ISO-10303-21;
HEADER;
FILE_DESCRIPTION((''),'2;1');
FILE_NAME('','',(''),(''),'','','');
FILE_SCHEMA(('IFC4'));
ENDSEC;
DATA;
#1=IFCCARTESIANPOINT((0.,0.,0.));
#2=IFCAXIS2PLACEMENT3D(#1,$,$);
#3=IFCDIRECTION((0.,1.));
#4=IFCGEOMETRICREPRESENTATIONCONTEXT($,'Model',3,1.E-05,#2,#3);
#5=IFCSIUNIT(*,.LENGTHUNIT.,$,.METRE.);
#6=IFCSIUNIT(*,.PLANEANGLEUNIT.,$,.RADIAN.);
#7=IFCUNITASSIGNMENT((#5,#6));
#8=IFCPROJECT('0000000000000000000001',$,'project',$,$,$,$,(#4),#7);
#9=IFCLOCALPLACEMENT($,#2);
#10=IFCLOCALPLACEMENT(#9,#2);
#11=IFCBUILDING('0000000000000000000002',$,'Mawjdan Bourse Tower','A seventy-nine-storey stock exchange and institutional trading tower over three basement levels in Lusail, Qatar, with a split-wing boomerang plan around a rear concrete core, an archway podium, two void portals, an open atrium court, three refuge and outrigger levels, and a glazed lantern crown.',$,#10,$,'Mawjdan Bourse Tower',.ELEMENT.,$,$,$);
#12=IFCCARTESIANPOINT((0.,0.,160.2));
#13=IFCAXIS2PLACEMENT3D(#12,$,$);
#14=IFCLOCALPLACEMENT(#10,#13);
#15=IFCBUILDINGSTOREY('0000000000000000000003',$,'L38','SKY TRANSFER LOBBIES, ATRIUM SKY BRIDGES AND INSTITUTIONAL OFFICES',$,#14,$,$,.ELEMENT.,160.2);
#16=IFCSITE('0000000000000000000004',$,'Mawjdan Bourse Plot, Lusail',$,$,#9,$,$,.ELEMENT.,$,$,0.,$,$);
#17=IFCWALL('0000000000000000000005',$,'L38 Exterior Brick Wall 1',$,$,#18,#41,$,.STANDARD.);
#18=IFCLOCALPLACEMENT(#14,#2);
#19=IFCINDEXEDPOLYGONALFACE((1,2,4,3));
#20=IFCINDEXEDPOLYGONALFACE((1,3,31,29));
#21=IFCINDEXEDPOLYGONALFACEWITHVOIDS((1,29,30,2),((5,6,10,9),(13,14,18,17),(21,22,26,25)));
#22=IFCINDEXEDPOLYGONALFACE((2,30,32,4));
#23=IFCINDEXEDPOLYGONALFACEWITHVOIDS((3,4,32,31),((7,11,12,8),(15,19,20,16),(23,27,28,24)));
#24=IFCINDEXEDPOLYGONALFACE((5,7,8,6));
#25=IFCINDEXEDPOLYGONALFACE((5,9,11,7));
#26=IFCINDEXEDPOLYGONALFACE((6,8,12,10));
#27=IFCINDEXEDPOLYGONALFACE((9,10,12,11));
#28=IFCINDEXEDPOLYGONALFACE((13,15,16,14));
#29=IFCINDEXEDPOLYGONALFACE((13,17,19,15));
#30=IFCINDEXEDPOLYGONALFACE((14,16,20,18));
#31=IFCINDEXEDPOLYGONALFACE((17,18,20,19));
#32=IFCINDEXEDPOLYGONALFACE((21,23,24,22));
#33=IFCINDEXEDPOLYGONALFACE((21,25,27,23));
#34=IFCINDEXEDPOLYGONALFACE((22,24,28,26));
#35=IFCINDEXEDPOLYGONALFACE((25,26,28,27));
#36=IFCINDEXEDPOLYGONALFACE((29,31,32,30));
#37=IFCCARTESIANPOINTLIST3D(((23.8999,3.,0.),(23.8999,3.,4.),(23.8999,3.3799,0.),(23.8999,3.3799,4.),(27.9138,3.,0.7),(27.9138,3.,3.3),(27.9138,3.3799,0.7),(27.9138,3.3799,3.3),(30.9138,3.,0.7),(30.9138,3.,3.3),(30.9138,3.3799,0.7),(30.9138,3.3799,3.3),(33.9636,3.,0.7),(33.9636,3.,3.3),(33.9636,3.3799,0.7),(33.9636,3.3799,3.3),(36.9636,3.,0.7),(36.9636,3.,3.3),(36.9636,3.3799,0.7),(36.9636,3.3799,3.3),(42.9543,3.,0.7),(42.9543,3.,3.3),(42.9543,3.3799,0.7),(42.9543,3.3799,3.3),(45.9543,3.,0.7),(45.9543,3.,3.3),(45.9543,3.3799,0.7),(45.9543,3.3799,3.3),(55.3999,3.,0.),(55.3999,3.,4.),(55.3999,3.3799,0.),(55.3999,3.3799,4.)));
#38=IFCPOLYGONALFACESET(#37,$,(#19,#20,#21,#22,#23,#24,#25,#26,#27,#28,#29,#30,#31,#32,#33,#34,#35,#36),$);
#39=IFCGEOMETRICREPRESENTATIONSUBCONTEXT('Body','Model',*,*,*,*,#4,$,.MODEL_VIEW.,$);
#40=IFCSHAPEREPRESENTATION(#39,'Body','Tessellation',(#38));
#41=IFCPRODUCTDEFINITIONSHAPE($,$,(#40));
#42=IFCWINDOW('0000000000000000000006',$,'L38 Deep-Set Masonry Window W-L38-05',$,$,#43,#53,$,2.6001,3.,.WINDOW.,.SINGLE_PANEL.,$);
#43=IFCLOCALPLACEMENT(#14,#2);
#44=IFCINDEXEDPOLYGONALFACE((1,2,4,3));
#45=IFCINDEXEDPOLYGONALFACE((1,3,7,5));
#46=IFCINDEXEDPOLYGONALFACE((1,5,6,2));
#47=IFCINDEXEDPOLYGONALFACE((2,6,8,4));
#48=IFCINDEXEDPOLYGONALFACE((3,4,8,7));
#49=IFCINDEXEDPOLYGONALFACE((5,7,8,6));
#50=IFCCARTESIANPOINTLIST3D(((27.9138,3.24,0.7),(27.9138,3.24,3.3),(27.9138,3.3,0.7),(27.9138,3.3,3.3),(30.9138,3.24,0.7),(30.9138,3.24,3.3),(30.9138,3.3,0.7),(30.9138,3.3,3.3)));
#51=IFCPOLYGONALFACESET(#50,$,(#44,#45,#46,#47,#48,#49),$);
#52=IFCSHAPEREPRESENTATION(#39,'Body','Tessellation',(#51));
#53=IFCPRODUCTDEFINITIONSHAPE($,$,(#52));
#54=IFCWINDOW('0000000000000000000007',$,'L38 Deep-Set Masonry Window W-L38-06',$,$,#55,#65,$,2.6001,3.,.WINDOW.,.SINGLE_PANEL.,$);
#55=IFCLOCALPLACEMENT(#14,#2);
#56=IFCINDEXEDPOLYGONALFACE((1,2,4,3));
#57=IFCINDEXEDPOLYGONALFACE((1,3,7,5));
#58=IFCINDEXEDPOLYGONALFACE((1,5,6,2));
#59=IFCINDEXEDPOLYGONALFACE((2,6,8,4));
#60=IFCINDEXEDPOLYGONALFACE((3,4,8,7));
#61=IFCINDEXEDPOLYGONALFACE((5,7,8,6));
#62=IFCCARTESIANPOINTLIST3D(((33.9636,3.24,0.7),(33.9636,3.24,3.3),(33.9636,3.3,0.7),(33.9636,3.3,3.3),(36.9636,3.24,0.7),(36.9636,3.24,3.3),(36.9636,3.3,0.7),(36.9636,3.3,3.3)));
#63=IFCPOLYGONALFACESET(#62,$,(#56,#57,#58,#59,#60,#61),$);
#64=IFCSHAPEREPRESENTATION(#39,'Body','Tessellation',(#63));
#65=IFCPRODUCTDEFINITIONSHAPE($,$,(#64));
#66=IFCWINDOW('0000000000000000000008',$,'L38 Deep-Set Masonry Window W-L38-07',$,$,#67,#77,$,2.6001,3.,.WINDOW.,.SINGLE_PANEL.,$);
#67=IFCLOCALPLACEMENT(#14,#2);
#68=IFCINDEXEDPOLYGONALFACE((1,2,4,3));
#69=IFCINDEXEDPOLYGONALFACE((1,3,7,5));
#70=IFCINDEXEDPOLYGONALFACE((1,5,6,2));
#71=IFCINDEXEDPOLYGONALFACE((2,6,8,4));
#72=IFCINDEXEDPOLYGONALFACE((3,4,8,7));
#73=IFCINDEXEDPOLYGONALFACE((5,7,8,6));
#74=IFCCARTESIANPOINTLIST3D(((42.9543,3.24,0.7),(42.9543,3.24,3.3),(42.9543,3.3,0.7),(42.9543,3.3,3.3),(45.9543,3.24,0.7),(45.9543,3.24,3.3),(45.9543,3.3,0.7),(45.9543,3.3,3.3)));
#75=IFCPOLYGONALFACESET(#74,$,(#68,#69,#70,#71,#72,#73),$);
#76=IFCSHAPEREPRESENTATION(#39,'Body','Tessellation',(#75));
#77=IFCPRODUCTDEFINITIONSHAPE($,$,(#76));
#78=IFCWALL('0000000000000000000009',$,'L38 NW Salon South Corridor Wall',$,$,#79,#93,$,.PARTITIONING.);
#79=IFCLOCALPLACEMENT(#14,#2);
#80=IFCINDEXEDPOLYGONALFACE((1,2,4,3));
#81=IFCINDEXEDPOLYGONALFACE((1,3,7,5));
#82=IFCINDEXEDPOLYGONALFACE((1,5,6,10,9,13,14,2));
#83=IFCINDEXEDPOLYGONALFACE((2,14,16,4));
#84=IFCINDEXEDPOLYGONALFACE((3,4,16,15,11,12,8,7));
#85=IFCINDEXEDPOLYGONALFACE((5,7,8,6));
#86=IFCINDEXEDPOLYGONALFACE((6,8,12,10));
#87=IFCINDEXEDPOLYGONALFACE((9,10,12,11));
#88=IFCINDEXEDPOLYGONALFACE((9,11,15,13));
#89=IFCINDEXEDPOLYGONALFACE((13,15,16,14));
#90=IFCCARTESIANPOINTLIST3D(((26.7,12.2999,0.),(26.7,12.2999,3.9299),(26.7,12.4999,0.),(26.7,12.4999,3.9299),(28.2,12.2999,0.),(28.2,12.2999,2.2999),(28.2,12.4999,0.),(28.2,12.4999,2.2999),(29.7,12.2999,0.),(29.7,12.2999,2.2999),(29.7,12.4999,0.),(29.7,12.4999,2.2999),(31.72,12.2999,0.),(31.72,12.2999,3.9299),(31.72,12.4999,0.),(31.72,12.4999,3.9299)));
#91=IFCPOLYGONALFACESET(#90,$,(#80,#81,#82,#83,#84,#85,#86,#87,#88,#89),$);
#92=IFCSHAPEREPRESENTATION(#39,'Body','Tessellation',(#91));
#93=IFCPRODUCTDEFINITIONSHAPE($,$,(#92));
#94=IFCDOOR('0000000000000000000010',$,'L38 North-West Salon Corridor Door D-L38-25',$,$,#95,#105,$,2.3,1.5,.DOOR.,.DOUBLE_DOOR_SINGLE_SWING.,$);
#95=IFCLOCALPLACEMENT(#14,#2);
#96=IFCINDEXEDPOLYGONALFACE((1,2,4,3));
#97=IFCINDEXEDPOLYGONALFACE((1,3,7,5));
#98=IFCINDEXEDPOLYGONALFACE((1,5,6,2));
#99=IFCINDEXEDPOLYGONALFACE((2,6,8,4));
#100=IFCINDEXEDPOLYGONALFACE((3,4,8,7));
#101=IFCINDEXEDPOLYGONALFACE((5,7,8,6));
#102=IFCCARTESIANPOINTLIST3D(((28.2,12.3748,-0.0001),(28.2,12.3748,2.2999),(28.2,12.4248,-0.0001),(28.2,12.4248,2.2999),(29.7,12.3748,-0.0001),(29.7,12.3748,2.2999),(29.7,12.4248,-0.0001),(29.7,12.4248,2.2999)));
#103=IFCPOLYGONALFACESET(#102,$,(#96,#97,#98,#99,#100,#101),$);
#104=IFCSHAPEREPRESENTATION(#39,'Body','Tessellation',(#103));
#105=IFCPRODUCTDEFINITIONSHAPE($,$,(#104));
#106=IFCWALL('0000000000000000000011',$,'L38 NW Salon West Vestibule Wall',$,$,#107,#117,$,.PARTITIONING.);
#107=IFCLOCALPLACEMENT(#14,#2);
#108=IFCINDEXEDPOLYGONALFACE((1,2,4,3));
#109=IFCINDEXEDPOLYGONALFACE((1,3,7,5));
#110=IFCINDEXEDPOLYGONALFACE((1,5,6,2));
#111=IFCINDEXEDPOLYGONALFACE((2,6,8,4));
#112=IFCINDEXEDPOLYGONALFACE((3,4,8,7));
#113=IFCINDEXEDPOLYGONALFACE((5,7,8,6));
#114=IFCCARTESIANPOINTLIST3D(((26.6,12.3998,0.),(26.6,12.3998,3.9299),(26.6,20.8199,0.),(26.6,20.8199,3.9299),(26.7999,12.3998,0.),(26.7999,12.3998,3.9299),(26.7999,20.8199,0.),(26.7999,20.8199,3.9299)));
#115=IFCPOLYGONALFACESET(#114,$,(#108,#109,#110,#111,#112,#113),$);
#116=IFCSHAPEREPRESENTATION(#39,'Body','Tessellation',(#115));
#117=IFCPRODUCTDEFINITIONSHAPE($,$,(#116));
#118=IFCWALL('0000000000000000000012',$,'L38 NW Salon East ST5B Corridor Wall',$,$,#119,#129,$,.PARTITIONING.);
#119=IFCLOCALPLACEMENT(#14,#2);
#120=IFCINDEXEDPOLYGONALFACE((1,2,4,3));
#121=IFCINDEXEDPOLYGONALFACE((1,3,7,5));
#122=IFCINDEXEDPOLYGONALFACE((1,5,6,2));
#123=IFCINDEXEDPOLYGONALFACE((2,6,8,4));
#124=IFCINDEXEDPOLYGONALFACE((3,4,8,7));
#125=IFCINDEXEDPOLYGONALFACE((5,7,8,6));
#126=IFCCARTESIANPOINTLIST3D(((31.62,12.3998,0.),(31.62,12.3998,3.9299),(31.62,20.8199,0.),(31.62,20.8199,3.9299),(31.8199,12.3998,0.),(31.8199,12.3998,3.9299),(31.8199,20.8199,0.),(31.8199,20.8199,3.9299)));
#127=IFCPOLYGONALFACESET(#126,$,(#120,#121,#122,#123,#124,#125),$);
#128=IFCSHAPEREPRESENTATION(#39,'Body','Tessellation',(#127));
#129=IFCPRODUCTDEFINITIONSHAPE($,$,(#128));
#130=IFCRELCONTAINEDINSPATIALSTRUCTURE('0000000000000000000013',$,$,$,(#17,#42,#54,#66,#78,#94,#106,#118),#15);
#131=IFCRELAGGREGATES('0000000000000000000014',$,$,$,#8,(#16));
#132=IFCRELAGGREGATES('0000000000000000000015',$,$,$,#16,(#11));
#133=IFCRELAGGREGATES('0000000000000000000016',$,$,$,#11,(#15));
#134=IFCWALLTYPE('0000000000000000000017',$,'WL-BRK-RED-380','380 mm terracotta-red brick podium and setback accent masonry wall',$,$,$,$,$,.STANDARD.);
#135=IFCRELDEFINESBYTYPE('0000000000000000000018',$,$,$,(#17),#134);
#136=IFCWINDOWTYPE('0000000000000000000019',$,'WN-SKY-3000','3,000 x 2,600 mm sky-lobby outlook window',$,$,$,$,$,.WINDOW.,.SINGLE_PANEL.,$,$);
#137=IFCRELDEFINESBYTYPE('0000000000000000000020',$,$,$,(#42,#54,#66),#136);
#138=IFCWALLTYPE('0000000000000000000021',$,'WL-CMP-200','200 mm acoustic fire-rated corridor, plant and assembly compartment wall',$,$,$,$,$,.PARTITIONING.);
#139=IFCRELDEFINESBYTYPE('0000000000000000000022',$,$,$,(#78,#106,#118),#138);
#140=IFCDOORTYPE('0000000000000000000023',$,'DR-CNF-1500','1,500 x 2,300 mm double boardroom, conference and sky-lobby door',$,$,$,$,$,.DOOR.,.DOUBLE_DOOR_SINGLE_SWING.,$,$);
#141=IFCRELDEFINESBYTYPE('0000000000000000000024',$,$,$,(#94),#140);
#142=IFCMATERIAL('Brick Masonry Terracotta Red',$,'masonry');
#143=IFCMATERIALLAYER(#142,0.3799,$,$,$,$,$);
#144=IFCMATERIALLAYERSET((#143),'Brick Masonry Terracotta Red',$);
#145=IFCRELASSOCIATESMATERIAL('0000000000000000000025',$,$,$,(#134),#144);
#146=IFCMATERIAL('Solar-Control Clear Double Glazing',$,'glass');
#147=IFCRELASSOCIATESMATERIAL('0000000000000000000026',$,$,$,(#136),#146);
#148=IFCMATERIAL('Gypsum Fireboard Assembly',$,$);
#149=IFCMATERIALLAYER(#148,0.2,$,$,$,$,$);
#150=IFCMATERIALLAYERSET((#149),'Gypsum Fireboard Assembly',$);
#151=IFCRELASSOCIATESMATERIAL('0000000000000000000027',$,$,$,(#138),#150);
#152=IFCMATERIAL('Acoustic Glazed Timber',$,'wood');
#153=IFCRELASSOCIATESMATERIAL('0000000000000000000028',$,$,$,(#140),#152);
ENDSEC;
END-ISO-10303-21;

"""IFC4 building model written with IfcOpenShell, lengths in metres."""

from ifc_helpers import new_model, si_unit, direction, frame, frame_2d, origin, place, context, subcontext, project, spatial, rectangle, extrude, material, layer, layer_set, type_object, element, fill, save


model = new_model("IFC4")

# Units and contexts
model_context = context("Model", 3, precision=1e-05, world=origin(), true_north=direction((0.0, 1.0)))
body_context = subcontext(model_context, "Body", "Model", "MODEL_VIEW")
ifc_project = project(units=[si_unit("LENGTHUNIT", "METRE"), si_unit("PLANEANGLEUNIT", "RADIAN")], contexts=[model_context])

# Site, building, storey
site_placement = place(None, origin())
site = spatial("IfcSite", under=ifc_project, at=site_placement, Name="Mawjdan Bourse Plot, Lusail", CompositionType="ELEMENT", RefElevation=0.0)
building_placement = place(site_placement, origin())
building = spatial("IfcBuilding", under=site, at=building_placement, Name="Mawjdan Bourse Tower", Description="A seventy-nine-storey stock exchange and institutional trading tower over three basement levels in Lusail, Qatar, with a split-wing boomerang plan around a rear concrete core, an archway podium, two void portals, an open atrium court, three refuge and outrigger levels, and a glazed lantern crown.", LongName="Mawjdan Bourse Tower", CompositionType="ELEMENT")
storey_placement = place(building_placement, frame((0.0, 0.0, 160.2)))
storey = spatial("IfcBuildingStorey", under=building, at=storey_placement, Name="L38", Description="SKY TRANSFER LOBBIES, ATRIUM SKY BRIDGES AND INSTITUTIONAL OFFICES", CompositionType="ELEMENT", Elevation=160.2)

# Wall, openings, windows
ifc_material_1 = material(Name="Brick Masonry Terracotta Red", Category="masonry")
ifc_layer_1 = layer(ifc_material_1, 0.3799)
ifc_layer_set_1 = layer_set([ifc_layer_1], Name="Brick Masonry Terracotta Red")
wall_type_1 = type_object("IfcWallType", Name="WL-BRK-RED-380", Description="380 mm terracotta-red brick podium and setback accent masonry wall", PredefinedType="STANDARD", material=ifc_layer_set_1)
wall_1_placement = place(storey_placement, frame((23.8999, 3.1899, 0.0), z_axis=(0.0, 0.0, 1.0), x_axis=(1.0, 0.0, 0.0)))
wall_1 = element("IfcWall", 1, at=wall_1_placement, inside=storey, type_object=wall_type_1, Name="L38 Exterior Brick Wall 1", PredefinedType="STANDARD", context=body_context, shape_type="SweptSolid", body=[
    extrude(rectangle(XDim=31.5, YDim=0.3799, at=frame_2d((15.75, 0.0))), origin(), (0.0, 0.0, 1.0), 4.0),
])
opening_1_placement = place(wall_1_placement, frame((4.0139, 0.0, 0.7)))
opening_1 = element("IfcOpeningElement", 2, at=opening_1_placement, cuts=wall_1, PredefinedType="OPENING", context=body_context, shape_type="SweptSolid", body=[
    extrude(rectangle(XDim=3.0, YDim=2.6001, at=frame_2d((1.5, 1.3))), frame((0.0, 0.2, 0.0), z_axis=(0.0, -1.0, 0.0), x_axis=(1.0, 0.0, 0.0)), (0.0, 0.0, 1.0), 0.3999),
])
opening_2_placement = place(wall_1_placement, frame((10.0637, 0.0, 0.7)))
opening_2 = element("IfcOpeningElement", 3, at=opening_2_placement, cuts=wall_1, PredefinedType="OPENING", context=body_context, shape_type="SweptSolid", body=[
    extrude(rectangle(XDim=3.0, YDim=2.6001, at=frame_2d((1.5, 1.3))), frame((0.0, 0.2, 0.0), z_axis=(0.0, -1.0, 0.0), x_axis=(1.0, 0.0, 0.0)), (0.0, 0.0, 1.0), 0.3999),
])
opening_3_placement = place(wall_1_placement, frame((19.0544, 0.0, 0.7)))
opening_3 = element("IfcOpeningElement", 4, at=opening_3_placement, cuts=wall_1, PredefinedType="OPENING", context=body_context, shape_type="SweptSolid", body=[
    extrude(rectangle(XDim=3.0, YDim=2.6001, at=frame_2d((1.5, 1.3))), frame((0.0, 0.2, 0.0), z_axis=(0.0, -1.0, 0.0), x_axis=(1.0, 0.0, 0.0)), (0.0, 0.0, 1.0), 0.3999),
])
ifc_material_2 = material(Name="Solar-Control Clear Double Glazing", Category="glass")
window_type = type_object("IfcWindowType", Name="WN-SKY-3000", Description="3,000 x 2,600 mm sky-lobby outlook window", PartitioningType="SINGLE_PANEL", PredefinedType="WINDOW", material=ifc_material_2)
window_1_placement = place(opening_1_placement, origin())
window_1 = element("IfcWindow", 5, at=window_1_placement, inside=storey, type_object=window_type, Name="L38 Deep-Set Masonry Window W-L38-05", OverallHeight=2.6001, OverallWidth=3.0, PartitioningType="SINGLE_PANEL", PredefinedType="WINDOW", context=body_context, shape_type="SweptSolid", body=[
    extrude(rectangle(XDim=3.0, YDim=2.6001, at=frame_2d((1.5, 1.3))), frame((0.0, 0.1101, 0.0), z_axis=(0.0, -1.0, 0.0), x_axis=(1.0, 0.0, 0.0)), (0.0, 0.0, 1.0), 0.0601),
])
fill(opening_1, window_1)
window_2_placement = place(opening_2_placement, origin())
window_2 = element("IfcWindow", 6, at=window_2_placement, inside=storey, type_object=window_type, Name="L38 Deep-Set Masonry Window W-L38-06", OverallHeight=2.6001, OverallWidth=3.0, PartitioningType="SINGLE_PANEL", PredefinedType="WINDOW", context=body_context, shape_type="SweptSolid", body=[
    extrude(rectangle(XDim=3.0, YDim=2.6001, at=frame_2d((1.5, 1.3))), frame((0.0, 0.1101, 0.0), z_axis=(0.0, -1.0, 0.0), x_axis=(1.0, 0.0, 0.0)), (0.0, 0.0, 1.0), 0.0601),
])
fill(opening_2, window_2)
window_3_placement = place(opening_3_placement, origin())
window_3 = element("IfcWindow", 7, at=window_3_placement, inside=storey, type_object=window_type, Name="L38 Deep-Set Masonry Window W-L38-07", OverallHeight=2.6001, OverallWidth=3.0, PartitioningType="SINGLE_PANEL", PredefinedType="WINDOW", context=body_context, shape_type="SweptSolid", body=[
    extrude(rectangle(XDim=3.0, YDim=2.6001, at=frame_2d((1.5, 1.3))), frame((0.0, 0.1101, 0.0), z_axis=(0.0, -1.0, 0.0), x_axis=(1.0, 0.0, 0.0)), (0.0, 0.0, 1.0), 0.0601),
])
fill(opening_3, window_3)

# Wall, opening, door
ifc_material_3 = material(Name="Gypsum Fireboard Assembly")
ifc_layer_2 = layer(ifc_material_3, 0.2)
ifc_layer_set_2 = layer_set([ifc_layer_2], Name="Gypsum Fireboard Assembly")
wall_type_2 = type_object("IfcWallType", Name="WL-CMP-200", Description="200 mm acoustic fire-rated corridor, plant and assembly compartment wall", PredefinedType="PARTITIONING", material=ifc_layer_set_2)
wall_2_placement = place(storey_placement, frame((26.7, 12.3999, 0.0), z_axis=(0.0, 0.0, 1.0), x_axis=(1.0, 0.0, 0.0)))
wall_2 = element("IfcWall", 8, at=wall_2_placement, inside=storey, type_object=wall_type_2, Name="L38 NW Salon South Corridor Wall", PredefinedType="PARTITIONING", context=body_context, shape_type="SweptSolid", body=[
    extrude(rectangle(XDim=5.02, YDim=0.2, at=frame_2d((2.51, 0.0))), origin(), (0.0, 0.0, 1.0), 3.9299),
])
opening_4_placement = place(wall_2_placement, frame((1.5, 0.0, 0.0)))
opening_4 = element("IfcOpeningElement", 9, at=opening_4_placement, cuts=wall_2, PredefinedType="OPENING", context=body_context, shape_type="SweptSolid", body=[
    extrude(rectangle(XDim=1.5, YDim=2.3, at=frame_2d((0.75, 1.1499))), frame((0.0, 0.1099, 0.0), z_axis=(0.0, -1.0, 0.0), x_axis=(1.0, 0.0, 0.0)), (0.0, 0.0, 1.0), 0.22),
])
ifc_material_4 = material(Name="Acoustic Glazed Timber", Category="wood")
door_type = type_object("IfcDoorType", Name="DR-CNF-1500", Description="1,500 x 2,300 mm double boardroom, conference and sky-lobby door", OperationType="DOUBLE_DOOR_SINGLE_SWING", PredefinedType="DOOR", material=ifc_material_4)
door_1_placement = place(opening_4_placement, origin())
door_1 = element("IfcDoor", 10, at=door_1_placement, inside=storey, type_object=door_type, Name="L38 North-West Salon Corridor Door D-L38-25", OperationType="DOUBLE_DOOR_SINGLE_SWING", OverallHeight=2.3, OverallWidth=1.5, PredefinedType="DOOR", context=body_context, shape_type="SweptSolid", body=[
    extrude(rectangle(XDim=1.5, YDim=2.3, at=frame_2d((0.75, 1.1499))), frame((0.0, 0.0249, 0.0), z_axis=(0.0, -1.0, 0.0), x_axis=(1.0, 0.0, 0.0)), (0.0, 0.0, 1.0), 0.05),
])
fill(opening_4, door_1)

# Walls
for number, where, z_axis, x_axis, name in (
    (11, (26.7, 12.3999, 0.0), (0.0, 0.0, 1.0), (0.0, 1.0, 0.0), "L38 NW Salon West Vestibule Wall"),
    (12, (31.72, 12.3999, 0.0), (0.0, 0.0, 1.0), (0.0, 1.0, 0.0), "L38 NW Salon East ST5B Corridor Wall"),
):
    element("IfcWall", number, at=place(storey_placement, frame(where, z_axis=z_axis, x_axis=x_axis)), inside=storey, type_object=wall_type_2, Name=name, PredefinedType="PARTITIONING", context=body_context, shape_type="SweptSolid", body=[
        extrude(rectangle(XDim=8.4202, YDim=0.2, at=frame_2d((4.21, 0.0))), origin(), (0.0, 0.0, 1.0), 3.9299),
    ])

save(model, "model.ifc")
